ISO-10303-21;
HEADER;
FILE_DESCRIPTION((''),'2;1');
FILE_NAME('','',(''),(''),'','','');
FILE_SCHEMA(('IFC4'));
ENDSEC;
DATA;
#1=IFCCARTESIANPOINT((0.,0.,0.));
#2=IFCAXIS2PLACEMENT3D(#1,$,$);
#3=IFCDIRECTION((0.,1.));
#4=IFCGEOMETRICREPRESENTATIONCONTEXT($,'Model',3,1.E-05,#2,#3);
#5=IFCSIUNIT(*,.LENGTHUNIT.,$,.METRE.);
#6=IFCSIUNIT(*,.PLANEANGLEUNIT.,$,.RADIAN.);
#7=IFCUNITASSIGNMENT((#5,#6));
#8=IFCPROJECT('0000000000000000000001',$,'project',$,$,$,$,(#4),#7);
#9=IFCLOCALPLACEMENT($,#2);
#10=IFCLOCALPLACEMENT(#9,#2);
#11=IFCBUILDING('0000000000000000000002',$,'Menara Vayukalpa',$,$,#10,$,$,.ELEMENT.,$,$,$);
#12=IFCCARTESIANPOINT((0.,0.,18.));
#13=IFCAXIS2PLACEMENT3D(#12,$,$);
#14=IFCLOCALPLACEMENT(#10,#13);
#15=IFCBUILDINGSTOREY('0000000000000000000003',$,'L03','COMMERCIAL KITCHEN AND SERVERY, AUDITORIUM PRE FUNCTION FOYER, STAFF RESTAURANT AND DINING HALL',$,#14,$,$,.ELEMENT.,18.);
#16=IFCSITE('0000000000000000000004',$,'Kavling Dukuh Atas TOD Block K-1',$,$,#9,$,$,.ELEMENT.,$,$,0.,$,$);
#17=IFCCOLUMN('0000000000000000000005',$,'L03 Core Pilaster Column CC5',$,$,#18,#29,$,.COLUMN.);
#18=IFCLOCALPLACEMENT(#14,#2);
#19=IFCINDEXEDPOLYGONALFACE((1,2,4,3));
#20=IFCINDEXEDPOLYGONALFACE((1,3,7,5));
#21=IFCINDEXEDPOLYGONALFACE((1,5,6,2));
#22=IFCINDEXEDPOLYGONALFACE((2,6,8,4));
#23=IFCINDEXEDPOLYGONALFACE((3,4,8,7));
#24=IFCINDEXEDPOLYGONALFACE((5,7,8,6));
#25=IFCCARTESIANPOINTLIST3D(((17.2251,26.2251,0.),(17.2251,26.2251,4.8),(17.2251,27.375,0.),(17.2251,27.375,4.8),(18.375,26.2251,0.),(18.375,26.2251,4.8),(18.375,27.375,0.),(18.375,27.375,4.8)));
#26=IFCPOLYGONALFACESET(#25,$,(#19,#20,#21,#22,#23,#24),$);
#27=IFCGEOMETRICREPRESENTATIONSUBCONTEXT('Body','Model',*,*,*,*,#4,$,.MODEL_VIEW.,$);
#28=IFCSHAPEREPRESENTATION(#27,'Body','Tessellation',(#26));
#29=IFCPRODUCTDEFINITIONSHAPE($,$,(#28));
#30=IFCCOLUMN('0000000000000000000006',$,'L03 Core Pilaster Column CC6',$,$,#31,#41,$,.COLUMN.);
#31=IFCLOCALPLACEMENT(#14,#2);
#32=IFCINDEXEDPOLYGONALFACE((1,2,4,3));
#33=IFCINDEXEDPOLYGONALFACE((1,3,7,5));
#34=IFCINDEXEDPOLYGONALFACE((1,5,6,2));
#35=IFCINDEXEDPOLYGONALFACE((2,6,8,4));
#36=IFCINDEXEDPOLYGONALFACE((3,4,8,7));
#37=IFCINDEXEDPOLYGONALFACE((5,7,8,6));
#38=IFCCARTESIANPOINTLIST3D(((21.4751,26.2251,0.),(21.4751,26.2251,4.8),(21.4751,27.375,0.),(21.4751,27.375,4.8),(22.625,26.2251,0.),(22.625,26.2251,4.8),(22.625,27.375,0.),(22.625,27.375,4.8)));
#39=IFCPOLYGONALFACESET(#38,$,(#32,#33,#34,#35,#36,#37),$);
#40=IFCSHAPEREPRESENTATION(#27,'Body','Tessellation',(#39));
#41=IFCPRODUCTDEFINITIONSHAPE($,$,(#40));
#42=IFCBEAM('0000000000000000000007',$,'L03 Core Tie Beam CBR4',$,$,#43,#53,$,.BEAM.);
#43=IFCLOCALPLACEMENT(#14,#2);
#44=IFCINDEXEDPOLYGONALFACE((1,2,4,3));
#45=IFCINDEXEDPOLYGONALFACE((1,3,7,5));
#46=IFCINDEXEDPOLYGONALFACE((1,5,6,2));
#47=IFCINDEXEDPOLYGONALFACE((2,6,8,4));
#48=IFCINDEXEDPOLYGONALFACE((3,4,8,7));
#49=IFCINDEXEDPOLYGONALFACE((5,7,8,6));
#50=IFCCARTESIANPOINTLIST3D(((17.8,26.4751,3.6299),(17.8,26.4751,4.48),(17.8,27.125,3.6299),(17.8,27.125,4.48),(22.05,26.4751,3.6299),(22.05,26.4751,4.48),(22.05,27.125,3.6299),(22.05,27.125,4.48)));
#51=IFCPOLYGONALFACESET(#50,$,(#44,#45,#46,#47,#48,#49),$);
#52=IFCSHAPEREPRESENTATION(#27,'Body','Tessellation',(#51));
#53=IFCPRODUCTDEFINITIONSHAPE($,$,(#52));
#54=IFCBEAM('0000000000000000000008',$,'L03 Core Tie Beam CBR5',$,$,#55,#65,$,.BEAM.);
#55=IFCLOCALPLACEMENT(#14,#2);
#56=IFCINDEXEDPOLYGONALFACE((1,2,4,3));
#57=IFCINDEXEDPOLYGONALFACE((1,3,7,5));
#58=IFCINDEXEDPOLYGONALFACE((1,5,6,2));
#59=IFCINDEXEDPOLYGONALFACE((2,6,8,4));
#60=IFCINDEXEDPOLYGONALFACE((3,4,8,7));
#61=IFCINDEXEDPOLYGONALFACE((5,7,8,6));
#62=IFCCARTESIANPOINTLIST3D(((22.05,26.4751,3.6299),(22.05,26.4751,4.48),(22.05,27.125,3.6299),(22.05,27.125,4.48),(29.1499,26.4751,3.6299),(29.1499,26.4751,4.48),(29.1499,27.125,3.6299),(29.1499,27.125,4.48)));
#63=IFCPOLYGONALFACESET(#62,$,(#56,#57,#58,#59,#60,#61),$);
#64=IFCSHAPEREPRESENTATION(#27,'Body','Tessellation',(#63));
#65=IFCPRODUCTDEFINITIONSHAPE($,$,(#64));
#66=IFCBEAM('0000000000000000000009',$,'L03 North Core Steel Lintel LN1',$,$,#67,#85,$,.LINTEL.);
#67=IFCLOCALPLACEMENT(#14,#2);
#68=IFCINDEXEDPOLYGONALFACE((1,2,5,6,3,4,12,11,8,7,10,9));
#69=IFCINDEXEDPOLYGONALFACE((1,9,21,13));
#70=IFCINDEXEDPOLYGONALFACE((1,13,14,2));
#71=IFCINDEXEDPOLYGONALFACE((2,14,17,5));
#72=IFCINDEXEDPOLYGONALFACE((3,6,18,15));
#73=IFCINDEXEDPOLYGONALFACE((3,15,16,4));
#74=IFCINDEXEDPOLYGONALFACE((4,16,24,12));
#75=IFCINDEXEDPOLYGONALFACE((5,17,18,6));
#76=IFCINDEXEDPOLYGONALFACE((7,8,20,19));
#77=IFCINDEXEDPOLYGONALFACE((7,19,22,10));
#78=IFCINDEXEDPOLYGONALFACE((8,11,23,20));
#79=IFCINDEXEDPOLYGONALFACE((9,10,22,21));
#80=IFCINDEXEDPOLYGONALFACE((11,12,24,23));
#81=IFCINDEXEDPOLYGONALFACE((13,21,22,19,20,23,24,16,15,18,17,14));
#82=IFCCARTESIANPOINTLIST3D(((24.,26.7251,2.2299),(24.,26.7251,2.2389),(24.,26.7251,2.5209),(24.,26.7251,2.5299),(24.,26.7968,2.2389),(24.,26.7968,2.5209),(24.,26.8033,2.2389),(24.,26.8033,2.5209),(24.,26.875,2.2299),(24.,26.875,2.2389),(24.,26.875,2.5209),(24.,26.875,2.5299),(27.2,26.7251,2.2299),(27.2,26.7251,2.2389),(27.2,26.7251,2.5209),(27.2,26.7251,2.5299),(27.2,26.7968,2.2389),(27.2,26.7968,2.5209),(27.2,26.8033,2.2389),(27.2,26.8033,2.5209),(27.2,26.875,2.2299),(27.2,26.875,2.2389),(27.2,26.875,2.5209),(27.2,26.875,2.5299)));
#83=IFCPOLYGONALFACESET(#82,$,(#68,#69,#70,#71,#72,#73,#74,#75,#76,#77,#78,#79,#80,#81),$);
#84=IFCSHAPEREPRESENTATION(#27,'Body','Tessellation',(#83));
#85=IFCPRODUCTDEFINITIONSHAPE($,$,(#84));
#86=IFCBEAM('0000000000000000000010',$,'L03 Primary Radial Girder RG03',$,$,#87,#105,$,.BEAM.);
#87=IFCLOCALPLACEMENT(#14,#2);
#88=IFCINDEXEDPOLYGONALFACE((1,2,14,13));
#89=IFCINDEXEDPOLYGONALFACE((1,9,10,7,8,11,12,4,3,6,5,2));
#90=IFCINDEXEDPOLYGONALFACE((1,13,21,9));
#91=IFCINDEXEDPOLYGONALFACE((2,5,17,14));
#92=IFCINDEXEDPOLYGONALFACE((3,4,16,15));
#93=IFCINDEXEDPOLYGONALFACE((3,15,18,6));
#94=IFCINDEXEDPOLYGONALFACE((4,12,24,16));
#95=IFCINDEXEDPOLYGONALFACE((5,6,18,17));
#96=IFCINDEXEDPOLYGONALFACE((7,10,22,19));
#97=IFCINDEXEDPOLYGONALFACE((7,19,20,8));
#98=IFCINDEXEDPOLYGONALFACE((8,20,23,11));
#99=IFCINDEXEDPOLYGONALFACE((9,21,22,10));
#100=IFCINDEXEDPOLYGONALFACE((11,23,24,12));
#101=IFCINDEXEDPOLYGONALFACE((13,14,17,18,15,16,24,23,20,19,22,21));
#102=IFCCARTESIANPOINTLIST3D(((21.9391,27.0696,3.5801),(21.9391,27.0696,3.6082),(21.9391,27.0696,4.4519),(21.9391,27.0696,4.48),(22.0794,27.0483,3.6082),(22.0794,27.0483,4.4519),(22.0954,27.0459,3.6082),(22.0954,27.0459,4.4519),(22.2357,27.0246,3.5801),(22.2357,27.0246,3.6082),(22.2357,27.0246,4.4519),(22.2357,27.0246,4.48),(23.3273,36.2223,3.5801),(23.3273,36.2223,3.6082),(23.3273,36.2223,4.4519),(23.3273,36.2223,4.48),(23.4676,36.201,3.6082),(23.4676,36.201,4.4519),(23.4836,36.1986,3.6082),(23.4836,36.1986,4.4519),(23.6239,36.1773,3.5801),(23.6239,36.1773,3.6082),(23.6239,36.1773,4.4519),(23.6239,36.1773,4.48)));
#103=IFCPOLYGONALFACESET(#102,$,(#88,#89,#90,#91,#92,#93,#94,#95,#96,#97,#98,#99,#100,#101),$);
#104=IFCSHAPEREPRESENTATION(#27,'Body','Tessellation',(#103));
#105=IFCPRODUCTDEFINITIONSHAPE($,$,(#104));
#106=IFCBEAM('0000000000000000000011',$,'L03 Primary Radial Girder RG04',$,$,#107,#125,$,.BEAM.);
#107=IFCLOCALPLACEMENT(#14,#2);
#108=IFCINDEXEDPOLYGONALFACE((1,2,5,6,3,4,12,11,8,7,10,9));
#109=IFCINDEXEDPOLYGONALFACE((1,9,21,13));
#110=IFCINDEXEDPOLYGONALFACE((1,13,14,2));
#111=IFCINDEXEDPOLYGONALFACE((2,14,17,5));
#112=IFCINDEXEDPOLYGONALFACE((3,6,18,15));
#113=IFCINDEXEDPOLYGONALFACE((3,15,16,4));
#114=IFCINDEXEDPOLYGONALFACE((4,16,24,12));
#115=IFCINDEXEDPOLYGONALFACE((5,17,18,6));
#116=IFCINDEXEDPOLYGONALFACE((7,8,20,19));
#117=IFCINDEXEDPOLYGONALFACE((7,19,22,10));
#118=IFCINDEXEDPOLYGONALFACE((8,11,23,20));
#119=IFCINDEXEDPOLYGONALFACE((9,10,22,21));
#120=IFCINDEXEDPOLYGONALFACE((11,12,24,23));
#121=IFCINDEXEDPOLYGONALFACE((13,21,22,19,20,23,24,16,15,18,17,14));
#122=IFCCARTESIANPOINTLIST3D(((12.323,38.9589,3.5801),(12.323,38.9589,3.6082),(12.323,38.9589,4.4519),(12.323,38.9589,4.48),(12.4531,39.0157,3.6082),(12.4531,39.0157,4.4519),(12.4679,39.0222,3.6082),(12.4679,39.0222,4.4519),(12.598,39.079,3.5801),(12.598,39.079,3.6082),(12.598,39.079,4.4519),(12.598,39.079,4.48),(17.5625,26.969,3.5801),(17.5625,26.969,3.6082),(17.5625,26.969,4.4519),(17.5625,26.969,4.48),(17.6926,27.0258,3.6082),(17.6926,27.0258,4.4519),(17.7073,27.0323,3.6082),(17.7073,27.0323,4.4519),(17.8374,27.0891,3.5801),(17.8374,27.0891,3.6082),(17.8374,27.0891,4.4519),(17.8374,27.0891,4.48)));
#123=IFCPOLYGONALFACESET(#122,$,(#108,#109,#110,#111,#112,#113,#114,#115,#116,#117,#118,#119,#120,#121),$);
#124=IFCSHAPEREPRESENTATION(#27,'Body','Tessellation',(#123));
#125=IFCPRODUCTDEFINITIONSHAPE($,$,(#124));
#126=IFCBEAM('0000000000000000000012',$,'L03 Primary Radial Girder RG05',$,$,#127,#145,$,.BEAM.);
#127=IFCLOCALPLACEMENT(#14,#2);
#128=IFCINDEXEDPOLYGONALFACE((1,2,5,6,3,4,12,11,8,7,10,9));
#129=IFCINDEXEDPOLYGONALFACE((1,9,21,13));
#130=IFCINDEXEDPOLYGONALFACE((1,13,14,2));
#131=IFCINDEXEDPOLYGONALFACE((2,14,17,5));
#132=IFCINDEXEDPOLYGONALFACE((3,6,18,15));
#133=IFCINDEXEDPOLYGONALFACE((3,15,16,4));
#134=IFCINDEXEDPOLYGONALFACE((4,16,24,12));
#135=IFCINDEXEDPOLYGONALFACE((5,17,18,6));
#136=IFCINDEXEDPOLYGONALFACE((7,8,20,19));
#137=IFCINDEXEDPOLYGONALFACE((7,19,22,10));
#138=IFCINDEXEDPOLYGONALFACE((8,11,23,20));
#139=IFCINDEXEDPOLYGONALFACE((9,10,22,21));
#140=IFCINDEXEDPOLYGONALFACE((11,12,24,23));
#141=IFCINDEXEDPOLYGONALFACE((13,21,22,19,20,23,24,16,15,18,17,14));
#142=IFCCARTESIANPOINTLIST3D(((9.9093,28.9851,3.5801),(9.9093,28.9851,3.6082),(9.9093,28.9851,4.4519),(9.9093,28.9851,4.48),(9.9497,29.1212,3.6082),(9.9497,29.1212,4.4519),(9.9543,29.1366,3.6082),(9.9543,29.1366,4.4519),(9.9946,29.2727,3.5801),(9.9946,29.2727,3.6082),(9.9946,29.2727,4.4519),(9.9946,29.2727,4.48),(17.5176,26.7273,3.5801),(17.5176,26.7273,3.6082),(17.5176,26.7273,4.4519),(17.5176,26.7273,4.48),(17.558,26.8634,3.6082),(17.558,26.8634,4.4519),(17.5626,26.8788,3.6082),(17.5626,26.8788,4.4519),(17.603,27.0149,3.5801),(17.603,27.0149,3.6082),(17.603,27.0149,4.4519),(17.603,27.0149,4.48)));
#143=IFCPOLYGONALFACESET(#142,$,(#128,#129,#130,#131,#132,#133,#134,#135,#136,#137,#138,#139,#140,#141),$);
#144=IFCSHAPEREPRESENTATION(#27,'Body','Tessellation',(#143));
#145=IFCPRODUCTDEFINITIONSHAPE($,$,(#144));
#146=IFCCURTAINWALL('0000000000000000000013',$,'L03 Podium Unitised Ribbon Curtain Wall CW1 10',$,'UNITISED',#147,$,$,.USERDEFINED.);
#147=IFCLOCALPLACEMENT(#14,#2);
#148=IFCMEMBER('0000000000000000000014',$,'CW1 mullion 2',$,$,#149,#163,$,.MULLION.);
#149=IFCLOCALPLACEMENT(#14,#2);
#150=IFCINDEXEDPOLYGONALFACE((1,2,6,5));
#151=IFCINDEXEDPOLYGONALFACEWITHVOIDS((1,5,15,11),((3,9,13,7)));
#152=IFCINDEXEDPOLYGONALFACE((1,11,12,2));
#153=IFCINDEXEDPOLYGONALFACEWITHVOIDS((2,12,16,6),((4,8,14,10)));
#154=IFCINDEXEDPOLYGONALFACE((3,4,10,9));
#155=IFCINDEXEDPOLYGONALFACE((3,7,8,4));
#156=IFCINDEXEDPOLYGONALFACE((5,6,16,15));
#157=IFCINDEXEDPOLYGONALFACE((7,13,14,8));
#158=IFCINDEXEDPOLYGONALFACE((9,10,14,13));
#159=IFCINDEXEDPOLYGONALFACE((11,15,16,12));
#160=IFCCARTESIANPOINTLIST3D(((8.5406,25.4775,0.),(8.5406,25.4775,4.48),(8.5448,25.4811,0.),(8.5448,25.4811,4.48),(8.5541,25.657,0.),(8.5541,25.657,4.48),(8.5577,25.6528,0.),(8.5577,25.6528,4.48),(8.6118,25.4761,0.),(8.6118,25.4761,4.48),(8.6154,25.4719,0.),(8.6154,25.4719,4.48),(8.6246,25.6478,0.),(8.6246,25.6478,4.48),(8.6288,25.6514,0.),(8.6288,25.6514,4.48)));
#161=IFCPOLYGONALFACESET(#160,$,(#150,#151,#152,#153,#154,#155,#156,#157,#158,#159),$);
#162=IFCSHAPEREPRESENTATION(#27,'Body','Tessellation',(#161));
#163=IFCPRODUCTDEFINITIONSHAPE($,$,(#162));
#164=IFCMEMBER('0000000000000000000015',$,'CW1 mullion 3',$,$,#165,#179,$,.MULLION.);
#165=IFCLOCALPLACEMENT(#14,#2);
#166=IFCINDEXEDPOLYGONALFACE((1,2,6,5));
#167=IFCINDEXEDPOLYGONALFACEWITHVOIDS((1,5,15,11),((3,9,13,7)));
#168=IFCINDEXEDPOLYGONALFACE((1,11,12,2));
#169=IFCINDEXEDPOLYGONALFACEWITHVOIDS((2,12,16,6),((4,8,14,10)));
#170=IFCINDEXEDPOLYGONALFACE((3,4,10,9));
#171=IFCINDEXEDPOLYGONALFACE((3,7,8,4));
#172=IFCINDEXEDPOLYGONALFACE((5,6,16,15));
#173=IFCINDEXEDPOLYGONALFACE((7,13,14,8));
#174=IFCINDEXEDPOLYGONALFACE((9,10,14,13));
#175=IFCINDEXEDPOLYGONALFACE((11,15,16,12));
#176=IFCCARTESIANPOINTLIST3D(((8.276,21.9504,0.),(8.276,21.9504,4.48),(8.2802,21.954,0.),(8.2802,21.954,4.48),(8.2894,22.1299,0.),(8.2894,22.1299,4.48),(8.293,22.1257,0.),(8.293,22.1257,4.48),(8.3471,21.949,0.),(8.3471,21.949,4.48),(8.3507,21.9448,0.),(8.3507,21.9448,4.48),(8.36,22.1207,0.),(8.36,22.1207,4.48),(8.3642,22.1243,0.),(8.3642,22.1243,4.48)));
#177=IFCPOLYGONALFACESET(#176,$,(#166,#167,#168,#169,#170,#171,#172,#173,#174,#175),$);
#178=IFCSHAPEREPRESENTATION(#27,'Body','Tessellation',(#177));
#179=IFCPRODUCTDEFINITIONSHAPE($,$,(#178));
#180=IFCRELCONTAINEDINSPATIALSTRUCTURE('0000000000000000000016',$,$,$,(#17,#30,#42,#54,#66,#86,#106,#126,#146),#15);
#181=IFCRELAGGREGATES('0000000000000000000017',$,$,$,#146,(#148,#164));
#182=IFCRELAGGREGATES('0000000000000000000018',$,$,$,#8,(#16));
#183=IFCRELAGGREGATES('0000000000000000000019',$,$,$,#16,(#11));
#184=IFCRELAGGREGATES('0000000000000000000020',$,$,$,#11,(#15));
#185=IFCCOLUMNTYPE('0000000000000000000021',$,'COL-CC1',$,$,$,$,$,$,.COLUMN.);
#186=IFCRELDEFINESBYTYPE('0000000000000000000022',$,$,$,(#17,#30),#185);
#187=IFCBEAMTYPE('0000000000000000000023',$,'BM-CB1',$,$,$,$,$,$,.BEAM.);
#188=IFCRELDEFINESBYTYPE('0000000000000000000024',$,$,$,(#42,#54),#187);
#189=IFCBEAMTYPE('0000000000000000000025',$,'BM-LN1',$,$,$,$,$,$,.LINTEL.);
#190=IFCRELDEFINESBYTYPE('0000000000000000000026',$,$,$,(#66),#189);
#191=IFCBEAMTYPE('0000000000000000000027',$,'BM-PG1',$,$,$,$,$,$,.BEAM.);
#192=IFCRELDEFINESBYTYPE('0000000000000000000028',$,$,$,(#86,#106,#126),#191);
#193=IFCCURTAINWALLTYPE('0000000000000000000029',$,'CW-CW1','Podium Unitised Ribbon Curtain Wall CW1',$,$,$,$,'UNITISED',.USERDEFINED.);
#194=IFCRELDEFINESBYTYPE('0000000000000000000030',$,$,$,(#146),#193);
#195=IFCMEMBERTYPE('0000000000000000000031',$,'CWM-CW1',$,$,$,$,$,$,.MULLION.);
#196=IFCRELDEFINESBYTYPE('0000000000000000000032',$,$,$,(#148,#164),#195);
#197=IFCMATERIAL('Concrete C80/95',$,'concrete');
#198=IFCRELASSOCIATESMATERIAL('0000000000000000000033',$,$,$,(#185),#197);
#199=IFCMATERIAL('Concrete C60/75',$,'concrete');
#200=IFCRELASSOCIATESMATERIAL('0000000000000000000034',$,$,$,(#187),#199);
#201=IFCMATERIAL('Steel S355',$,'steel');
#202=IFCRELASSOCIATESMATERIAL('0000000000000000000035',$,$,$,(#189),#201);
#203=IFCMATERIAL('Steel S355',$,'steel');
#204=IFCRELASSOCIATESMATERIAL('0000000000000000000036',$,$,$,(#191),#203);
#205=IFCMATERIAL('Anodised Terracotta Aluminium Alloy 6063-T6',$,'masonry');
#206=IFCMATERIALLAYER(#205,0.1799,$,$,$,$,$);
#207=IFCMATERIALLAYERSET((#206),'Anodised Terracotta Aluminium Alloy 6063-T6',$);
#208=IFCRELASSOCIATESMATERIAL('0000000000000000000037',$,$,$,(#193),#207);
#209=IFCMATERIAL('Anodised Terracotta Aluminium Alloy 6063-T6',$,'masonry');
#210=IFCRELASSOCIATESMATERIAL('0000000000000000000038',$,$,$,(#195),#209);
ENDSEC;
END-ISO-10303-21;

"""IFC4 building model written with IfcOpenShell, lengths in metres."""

from ifc_helpers import new_model, si_unit, direction, frame, origin, origin_2d, place, context, subcontext, project, spatial, rectangle, hollow_rectangle, i_section, extrude, material, layer, layer_set, material_profile, profile_set, type_object, element, aggregate, save


model = new_model("IFC4")

# Units and contexts
model_context = context("Model", 3, precision=1e-05, world=origin(), true_north=direction((0.0, 1.0)))
body_context = subcontext(model_context, "Body", "Model", "MODEL_VIEW")
ifc_project = project(units=[si_unit("LENGTHUNIT", "METRE"), si_unit("PLANEANGLEUNIT", "RADIAN")], contexts=[model_context])

# Site, building, storey
site_placement = place(None, origin())
site = spatial("IfcSite", under=ifc_project, at=site_placement, Name="Kavling Dukuh Atas TOD Block K-1", CompositionType="ELEMENT", RefElevation=0.0)
building_placement = place(site_placement, origin())
building = spatial("IfcBuilding", under=site, at=building_placement, Name="Menara Vayukalpa", CompositionType="ELEMENT")
storey_placement = place(building_placement, frame((0.0, 0.0, 18.0)))
storey = spatial("IfcBuildingStorey", under=building, at=storey_placement, Name="L03", Description="COMMERCIAL KITCHEN AND SERVERY, AUDITORIUM PRE FUNCTION FOYER, STAFF RESTAURANT AND DINING HALL", CompositionType="ELEMENT", Elevation=18.0)

# Columns
ifc_material_1 = material(Name="Concrete C80/95", Category="concrete")
ifc_material_profile_1 = material_profile(ifc_material_1, rectangle(XDim=1.1499, YDim=1.1499, at=origin_2d()), Name="RC 1150x1150")
ifc_profile_set_1 = profile_set([ifc_material_profile_1], Name="Concrete C80/95")
column_type = type_object("IfcColumnType", Name="COL-CC1", PredefinedType="COLUMN", material=ifc_profile_set_1)
for number, where, z_axis, x_axis, name in (
    (1, (17.8, 26.8, 0.0), (0.0, 0.0, 1.0), (1.0, 0.0, 0.0), "L03 Core Pilaster Column CC5"),
    (2, (22.05, 26.8, 0.0), (0.0, 0.0, 1.0), (1.0, 0.0, 0.0), "L03 Core Pilaster Column CC6"),
):
    element("IfcColumn", number, at=place(storey_placement, frame(where, z_axis=z_axis, x_axis=x_axis)), inside=storey, type_object=column_type, Name=name, PredefinedType="COLUMN", context=body_context, shape_type="SweptSolid", body=[
        extrude(rectangle(XDim=1.1499, YDim=1.1499, at=origin_2d()), origin(), (0.0, 0.0, 1.0), 4.8),
    ])

# Beams
ifc_material_2 = material(Name="Concrete C60/75", Category="concrete")
ifc_material_profile_2 = material_profile(ifc_material_2, rectangle(XDim=0.6499, YDim=0.8501, at=origin_2d()), Name="RC 650x850")
ifc_profile_set_2 = profile_set([ifc_material_profile_2], Name="Concrete C60/75")
beam_type_1 = type_object("IfcBeamType", Name="BM-CB1", PredefinedType="BEAM", material=ifc_profile_set_2)
beam_1_placement = place(storey_placement, frame((17.8, 26.8, 4.0549), z_axis=(1.0, 0.0, 0.0), x_axis=(0.0, 1.0, 0.0)))
element("IfcBeam", 3, at=beam_1_placement, inside=storey, type_object=beam_type_1, Name="L03 Core Tie Beam CBR4", PredefinedType="BEAM", context=body_context, shape_type="SweptSolid", body=[
    extrude(rectangle(XDim=0.6499, YDim=0.8501, at=origin_2d()), origin(), (0.0, 0.0, 1.0), 4.25),
])
beam_2_placement = place(storey_placement, frame((22.05, 26.8, 4.0549), z_axis=(1.0, 0.0, 0.0), x_axis=(0.0, 1.0, 0.0)))
element("IfcBeam", 4, at=beam_2_placement, inside=storey, type_object=beam_type_1, Name="L03 Core Tie Beam CBR5", PredefinedType="BEAM", context=body_context, shape_type="SweptSolid", body=[
    extrude(rectangle(XDim=0.6499, YDim=0.8501, at=origin_2d()), origin(), (0.0, 0.0, 1.0), 7.0999),
])
ifc_material_3 = material(Name="Steel S355", Category="steel")
ifc_material_profile_3 = material_profile(ifc_material_3, i_section(OverallWidth=0.1499, OverallDepth=0.3, WebThickness=0.0066, FlangeThickness=0.009, at=origin_2d()), Name="WF 300x150x6.5x9")
ifc_profile_set_3 = profile_set([ifc_material_profile_3], Name="Steel S355")
beam_type_2 = type_object("IfcBeamType", Name="BM-LN1", PredefinedType="LINTEL", material=ifc_profile_set_3)
beam_3_placement = place(storey_placement, frame((24.0, 26.8, 2.3799), z_axis=(1.0, 0.0, 0.0), x_axis=(0.0, 1.0, 0.0)))
element("IfcBeam", 5, at=beam_3_placement, inside=storey, type_object=beam_type_2, Name="L03 North Core Steel Lintel LN1", PredefinedType="LINTEL", context=body_context, shape_type="SweptSolid", body=[
    extrude(i_section(OverallWidth=0.1499, OverallDepth=0.3, WebThickness=0.0066, FlangeThickness=0.009, at=origin_2d()), origin(), (0.0, 0.0, 1.0), 3.2),
])
ifc_material_4 = material(Name="Steel S355", Category="steel")
ifc_material_profile_4 = material_profile(ifc_material_4, i_section(OverallWidth=0.3, OverallDepth=0.8999, WebThickness=0.0161, FlangeThickness=0.0281, at=origin_2d()), Name="WF 900x300x16x28")
ifc_profile_set_4 = profile_set([ifc_material_profile_4], Name="Steel S355")
beam_type_3 = type_object("IfcBeamType", Name="BM-PG1", PredefinedType="BEAM", material=ifc_profile_set_4)
beam_4_placement = place(storey_placement, frame((22.0874, 27.0471, 4.03), z_axis=(0.149956, 0.988693, 0.0), x_axis=(-0.988693, 0.149956, 0.0)))
element("IfcBeam", 6, at=beam_4_placement, inside=storey, type_object=beam_type_3, Name="L03 Primary Radial Girder RG03", PredefinedType="BEAM", context=body_context, shape_type="SweptSolid", body=[
    extrude(i_section(OverallWidth=0.3, OverallDepth=0.8999, WebThickness=0.0161, FlangeThickness=0.0281, at=origin_2d()), origin(), (0.0, 0.0, 1.0), 9.2573),
])
beam_5_placement = place(storey_placement, frame((17.7, 27.0291, 4.03), z_axis=(-0.400426, 0.916329, 0.0), x_axis=(-0.916329, -0.400426, 0.0)))
element("IfcBeam", 7, at=beam_5_placement, inside=storey, type_object=beam_type_3, Name="L03 Primary Radial Girder RG04", PredefinedType="BEAM", context=body_context, shape_type="SweptSolid", body=[
    extrude(i_section(OverallWidth=0.3, OverallDepth=0.8999, WebThickness=0.0161, FlangeThickness=0.0281, at=origin_2d()), origin(), (0.0, 0.0, 1.0), 13.0847),
])
beam_6_placement = place(storey_placement, frame((17.5603, 26.8711, 4.03), z_axis=(-0.958679, 0.284491, 0.0), x_axis=(-0.284491, -0.958679, 0.0)))
element("IfcBeam", 8, at=beam_6_placement, inside=storey, type_object=beam_type_3, Name="L03 Primary Radial Girder RG05", PredefinedType="BEAM", context=body_context, shape_type="SweptSolid", body=[
    extrude(i_section(OverallWidth=0.3, OverallDepth=0.8999, WebThickness=0.0161, FlangeThickness=0.0281, at=origin_2d()), origin(), (0.0, 0.0, 1.0), 7.9363),
])

# Curtain wall, members
ifc_material_5 = material(Name="Anodised Terracotta Aluminium Alloy 6063-T6", Category="masonry")
ifc_layer_1 = layer(ifc_material_5, 0.1799)
ifc_layer_set_1 = layer_set([ifc_layer_1], Name="Anodised Terracotta Aluminium Alloy 6063-T6")
curtain_wall_type = type_object("IfcCurtainWallType", Name="CW-CW1", Description="Podium Unitised Ribbon Curtain Wall CW1", ElementType="UNITISED", PredefinedType="USERDEFINED", material=ifc_layer_set_1)
curtain_wall_1_placement = place(storey_placement, origin())
curtain_wall_1 = element("IfcCurtainWall", 9, at=curtain_wall_1_placement, inside=storey, type_object=curtain_wall_type, Name="L03 Podium Unitised Ribbon Curtain Wall CW1 10", ObjectType="UNITISED", PredefinedType="USERDEFINED")
ifc_material_6 = material(Name="Anodised Terracotta Aluminium Alloy 6063-T6", Category="masonry")
ifc_material_profile_5 = material_profile(ifc_material_6, hollow_rectangle(XDim=0.075, YDim=0.1799, WallThickness=0.0039, at=origin_2d()), Name="ALU 75x180x4")
ifc_profile_set_5 = profile_set([ifc_material_profile_5], Name="Anodised Terracotta Aluminium Alloy 6063-T6")
member_type_1 = type_object("IfcMemberType", Name="CWM-CW1", PredefinedType="MULLION", material=ifc_profile_set_5)
member_1_placement = place(storey_placement, frame((8.5847, 25.5645, 0.0), z_axis=(0.0, 0.0, 1.0), x_axis=(0.997199, -0.074794, 0.0)))
member_1 = element("IfcMember", 10, at=member_1_placement, type_object=member_type_1, Name="CW1 mullion 2", PredefinedType="MULLION", context=body_context, shape_type="SweptSolid", body=[
    extrude(hollow_rectangle(XDim=0.075, YDim=0.1799, WallThickness=0.0039, at=origin_2d()), origin(), (0.0, 0.0, 1.0), 4.48),
])
member_2_placement = place(storey_placement, frame((8.3201, 22.0374, 0.0), z_axis=(0.0, 0.0, 1.0), x_axis=(0.997199, -0.074794, 0.0)))
member_2 = element("IfcMember", 11, at=member_2_placement, type_object=member_type_1, Name="CW1 mullion 3", PredefinedType="MULLION", context=body_context, shape_type="SweptSolid", body=[
    extrude(hollow_rectangle(XDim=0.075, YDim=0.1799, WallThickness=0.0039, at=origin_2d()), origin(), (0.0, 0.0, 1.0), 4.48),
])

aggregate(curtain_wall_1, [member_1, member_2])

save(model, "model.ifc")
